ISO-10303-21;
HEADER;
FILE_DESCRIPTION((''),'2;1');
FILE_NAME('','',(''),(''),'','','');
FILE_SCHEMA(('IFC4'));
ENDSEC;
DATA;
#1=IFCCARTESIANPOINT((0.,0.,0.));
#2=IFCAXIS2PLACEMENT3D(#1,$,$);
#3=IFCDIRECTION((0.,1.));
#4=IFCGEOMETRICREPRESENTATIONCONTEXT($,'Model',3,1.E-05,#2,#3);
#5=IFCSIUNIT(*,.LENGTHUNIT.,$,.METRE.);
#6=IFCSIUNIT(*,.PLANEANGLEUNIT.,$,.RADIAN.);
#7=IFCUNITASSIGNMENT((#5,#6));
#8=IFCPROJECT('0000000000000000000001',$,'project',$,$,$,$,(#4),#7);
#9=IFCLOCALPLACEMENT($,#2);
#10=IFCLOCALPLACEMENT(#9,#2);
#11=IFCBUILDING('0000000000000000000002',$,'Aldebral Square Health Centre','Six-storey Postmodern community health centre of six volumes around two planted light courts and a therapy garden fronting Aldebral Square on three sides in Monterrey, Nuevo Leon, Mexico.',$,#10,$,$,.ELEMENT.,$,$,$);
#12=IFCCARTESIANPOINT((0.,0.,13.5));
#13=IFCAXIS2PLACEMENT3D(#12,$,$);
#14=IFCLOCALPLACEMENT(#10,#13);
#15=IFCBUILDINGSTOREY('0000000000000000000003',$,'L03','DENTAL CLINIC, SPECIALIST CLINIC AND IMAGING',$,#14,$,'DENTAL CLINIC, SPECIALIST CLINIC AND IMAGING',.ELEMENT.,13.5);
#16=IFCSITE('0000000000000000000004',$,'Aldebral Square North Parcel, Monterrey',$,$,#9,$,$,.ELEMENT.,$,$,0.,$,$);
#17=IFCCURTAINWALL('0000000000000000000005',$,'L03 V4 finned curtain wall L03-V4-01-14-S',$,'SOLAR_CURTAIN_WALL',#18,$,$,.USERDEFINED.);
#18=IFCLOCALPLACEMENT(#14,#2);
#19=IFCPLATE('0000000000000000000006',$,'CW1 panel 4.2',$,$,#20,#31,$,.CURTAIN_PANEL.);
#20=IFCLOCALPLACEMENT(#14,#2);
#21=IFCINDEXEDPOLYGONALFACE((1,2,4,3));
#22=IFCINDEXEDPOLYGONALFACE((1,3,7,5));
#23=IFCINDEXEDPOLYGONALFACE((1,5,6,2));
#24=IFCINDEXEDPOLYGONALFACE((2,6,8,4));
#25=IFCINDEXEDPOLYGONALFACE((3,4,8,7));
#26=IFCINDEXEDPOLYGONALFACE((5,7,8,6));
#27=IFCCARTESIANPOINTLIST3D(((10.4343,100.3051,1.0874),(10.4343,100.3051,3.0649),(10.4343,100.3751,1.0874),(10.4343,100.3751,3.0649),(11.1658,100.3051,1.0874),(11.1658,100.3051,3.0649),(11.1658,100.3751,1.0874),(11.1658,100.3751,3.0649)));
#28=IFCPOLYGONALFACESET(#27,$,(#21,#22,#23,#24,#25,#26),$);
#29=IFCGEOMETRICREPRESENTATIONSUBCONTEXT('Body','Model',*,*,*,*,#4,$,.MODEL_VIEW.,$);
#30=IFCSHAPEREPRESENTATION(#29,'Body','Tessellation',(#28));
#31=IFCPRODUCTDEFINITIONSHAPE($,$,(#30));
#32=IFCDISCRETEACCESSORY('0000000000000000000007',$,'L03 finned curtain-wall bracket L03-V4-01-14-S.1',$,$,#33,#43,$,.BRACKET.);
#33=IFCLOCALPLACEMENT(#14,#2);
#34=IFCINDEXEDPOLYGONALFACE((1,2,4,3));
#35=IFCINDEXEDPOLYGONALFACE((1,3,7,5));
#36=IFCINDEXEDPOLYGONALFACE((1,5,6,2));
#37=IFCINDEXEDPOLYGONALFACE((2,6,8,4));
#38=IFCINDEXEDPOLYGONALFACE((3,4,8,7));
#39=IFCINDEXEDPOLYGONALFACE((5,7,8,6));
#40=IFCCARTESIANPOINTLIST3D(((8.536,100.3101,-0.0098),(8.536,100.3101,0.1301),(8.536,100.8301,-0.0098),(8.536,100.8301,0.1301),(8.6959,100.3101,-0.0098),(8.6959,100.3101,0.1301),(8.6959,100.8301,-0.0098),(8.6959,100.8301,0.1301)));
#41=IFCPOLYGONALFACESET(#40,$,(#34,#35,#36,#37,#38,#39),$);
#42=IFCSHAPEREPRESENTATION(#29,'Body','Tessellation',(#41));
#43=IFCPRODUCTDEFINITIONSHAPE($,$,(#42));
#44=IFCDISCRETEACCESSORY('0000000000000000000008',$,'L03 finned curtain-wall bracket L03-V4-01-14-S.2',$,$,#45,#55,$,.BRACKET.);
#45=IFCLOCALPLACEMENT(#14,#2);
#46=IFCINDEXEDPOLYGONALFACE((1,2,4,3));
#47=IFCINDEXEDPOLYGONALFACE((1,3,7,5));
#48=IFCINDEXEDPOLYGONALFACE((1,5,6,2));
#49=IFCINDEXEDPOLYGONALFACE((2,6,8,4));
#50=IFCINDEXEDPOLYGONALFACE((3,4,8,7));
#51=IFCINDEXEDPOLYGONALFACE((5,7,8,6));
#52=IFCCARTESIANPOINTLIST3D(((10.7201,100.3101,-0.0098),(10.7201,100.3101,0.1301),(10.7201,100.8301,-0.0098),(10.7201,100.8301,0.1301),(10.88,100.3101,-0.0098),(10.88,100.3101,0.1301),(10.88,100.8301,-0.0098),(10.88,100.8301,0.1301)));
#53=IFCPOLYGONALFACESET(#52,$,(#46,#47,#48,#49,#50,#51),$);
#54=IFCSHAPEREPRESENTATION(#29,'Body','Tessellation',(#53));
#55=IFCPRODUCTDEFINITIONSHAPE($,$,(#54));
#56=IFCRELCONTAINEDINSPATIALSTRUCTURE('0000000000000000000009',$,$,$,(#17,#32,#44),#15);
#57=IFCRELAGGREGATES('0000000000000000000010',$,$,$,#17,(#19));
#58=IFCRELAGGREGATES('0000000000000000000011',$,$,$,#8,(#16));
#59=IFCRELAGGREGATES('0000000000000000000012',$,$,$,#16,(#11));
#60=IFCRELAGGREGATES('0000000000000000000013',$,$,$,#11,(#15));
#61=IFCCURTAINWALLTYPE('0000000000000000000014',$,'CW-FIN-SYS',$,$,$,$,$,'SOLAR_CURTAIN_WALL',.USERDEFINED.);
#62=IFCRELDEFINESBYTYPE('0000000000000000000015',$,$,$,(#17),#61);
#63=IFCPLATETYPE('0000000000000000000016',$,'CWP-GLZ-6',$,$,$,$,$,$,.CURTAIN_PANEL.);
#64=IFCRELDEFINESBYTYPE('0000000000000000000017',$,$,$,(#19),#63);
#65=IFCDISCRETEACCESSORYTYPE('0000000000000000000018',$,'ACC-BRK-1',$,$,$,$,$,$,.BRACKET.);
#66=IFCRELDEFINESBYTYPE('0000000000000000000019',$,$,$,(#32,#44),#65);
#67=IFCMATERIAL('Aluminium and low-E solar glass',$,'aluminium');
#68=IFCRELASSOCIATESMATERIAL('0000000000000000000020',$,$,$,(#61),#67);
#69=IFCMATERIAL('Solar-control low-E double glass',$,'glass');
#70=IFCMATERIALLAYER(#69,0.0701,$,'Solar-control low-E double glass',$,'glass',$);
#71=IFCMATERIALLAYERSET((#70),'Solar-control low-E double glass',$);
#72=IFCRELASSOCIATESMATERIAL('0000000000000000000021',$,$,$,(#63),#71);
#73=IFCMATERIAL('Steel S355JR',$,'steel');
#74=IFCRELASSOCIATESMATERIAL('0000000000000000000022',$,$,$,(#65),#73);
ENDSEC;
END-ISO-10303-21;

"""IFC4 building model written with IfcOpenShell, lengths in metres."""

from ifc_helpers import new_model, si_unit, direction, frame, origin, origin_2d, place, context, subcontext, project, spatial, rectangle, extrude, material, layer, layer_set, type_object, element, aggregate, save


model = new_model("IFC4")

# Units and contexts
model_context = context("Model", 3, precision=1e-05, world=origin(), true_north=direction((0.0, 1.0)))
body_context = subcontext(model_context, "Body", "Model", "MODEL_VIEW")
ifc_project = project(units=[si_unit("LENGTHUNIT", "METRE"), si_unit("PLANEANGLEUNIT", "RADIAN")], contexts=[model_context])

# Site, building, storey
site_placement = place(None, origin())
site = spatial("IfcSite", under=ifc_project, at=site_placement, Name="Aldebral Square North Parcel, Monterrey", CompositionType="ELEMENT", RefElevation=0.0)
building_placement = place(site_placement, origin())
building = spatial("IfcBuilding", under=site, at=building_placement, Name="Aldebral Square Health Centre", Description="Six-storey Postmodern community health centre of six volumes around two planted light courts and a therapy garden fronting Aldebral Square on three sides in Monterrey, Nuevo Leon, Mexico.", CompositionType="ELEMENT")
storey_placement = place(building_placement, frame((0.0, 0.0, 13.5)))
storey = spatial("IfcBuildingStorey", under=building, at=storey_placement, Name="L03", Description="DENTAL CLINIC, SPECIALIST CLINIC AND IMAGING", LongName="DENTAL CLINIC, SPECIALIST CLINIC AND IMAGING", CompositionType="ELEMENT", Elevation=13.5)

# Curtain wall, plate
ifc_material_1 = material(Name="Aluminium and low-E solar glass", Category="aluminium")
curtain_wall_type = type_object("IfcCurtainWallType", Name="CW-FIN-SYS", ElementType="SOLAR_CURTAIN_WALL", PredefinedType="USERDEFINED", material=ifc_material_1)
curtain_wall_placement = place(storey_placement, origin())
curtain_wall = element("IfcCurtainWall", 1, at=curtain_wall_placement, inside=storey, type_object=curtain_wall_type, Name="L03 V4 finned curtain wall L03-V4-01-14-S", ObjectType="SOLAR_CURTAIN_WALL", PredefinedType="USERDEFINED")
ifc_material_2 = material(Name="Solar-control low-E double glass", Category="glass")
ifc_layer = layer(ifc_material_2, 0.0701, Name="Solar-control low-E double glass", Category="glass")
ifc_layer_set = layer_set([ifc_layer], Name="Solar-control low-E double glass")
plate_type = type_object("IfcPlateType", Name="CWP-GLZ-6", PredefinedType="CURTAIN_PANEL", material=ifc_layer_set)
plate_1_placement = place(storey_placement, frame((10.8, 100.3401, 1.0874), z_axis=(0.0, 0.0, 1.0), x_axis=(1.0, 0.0, 0.0)))
plate_1 = element("IfcPlate", 2, at=plate_1_placement, type_object=plate_type, Name="CW1 panel 4.2", PredefinedType="CURTAIN_PANEL", context=body_context, shape_type="SweptSolid", body=[
    extrude(rectangle(XDim=0.7314, YDim=0.0701, at=origin_2d()), origin(), (0.0, 0.0, 1.0), 1.9775),
])
aggregate(curtain_wall, [plate_1])

# Discrete accessories
ifc_material_3 = material(Name="Steel S355JR", Category="steel")
discrete_accessory_type = type_object("IfcDiscreteAccessoryType", Name="ACC-BRK-1", PredefinedType="BRACKET", material=ifc_material_3)
for number, where, z_axis, x_axis, name in (
    (3, (8.616, 100.5701, -0.0098), (0.0, 0.0, 1.0), (1.0, 0.0, 0.0), "L03 finned curtain-wall bracket L03-V4-01-14-S.1"),
    (4, (10.8, 100.5701, -0.0098), (0.0, 0.0, 1.0), (1.0, 0.0, 0.0), "L03 finned curtain-wall bracket L03-V4-01-14-S.2"),
):
    element("IfcDiscreteAccessory", number, at=place(storey_placement, frame(where, z_axis=z_axis, x_axis=x_axis)), inside=storey, type_object=discrete_accessory_type, Name=name, PredefinedType="BRACKET", context=body_context, shape_type="SweptSolid", body=[
        extrude(rectangle(XDim=0.1599, YDim=0.52, at=origin_2d()), origin(), (0.0, 0.0, 1.0), 0.1399),
    ])

save(model, "model.ifc")
